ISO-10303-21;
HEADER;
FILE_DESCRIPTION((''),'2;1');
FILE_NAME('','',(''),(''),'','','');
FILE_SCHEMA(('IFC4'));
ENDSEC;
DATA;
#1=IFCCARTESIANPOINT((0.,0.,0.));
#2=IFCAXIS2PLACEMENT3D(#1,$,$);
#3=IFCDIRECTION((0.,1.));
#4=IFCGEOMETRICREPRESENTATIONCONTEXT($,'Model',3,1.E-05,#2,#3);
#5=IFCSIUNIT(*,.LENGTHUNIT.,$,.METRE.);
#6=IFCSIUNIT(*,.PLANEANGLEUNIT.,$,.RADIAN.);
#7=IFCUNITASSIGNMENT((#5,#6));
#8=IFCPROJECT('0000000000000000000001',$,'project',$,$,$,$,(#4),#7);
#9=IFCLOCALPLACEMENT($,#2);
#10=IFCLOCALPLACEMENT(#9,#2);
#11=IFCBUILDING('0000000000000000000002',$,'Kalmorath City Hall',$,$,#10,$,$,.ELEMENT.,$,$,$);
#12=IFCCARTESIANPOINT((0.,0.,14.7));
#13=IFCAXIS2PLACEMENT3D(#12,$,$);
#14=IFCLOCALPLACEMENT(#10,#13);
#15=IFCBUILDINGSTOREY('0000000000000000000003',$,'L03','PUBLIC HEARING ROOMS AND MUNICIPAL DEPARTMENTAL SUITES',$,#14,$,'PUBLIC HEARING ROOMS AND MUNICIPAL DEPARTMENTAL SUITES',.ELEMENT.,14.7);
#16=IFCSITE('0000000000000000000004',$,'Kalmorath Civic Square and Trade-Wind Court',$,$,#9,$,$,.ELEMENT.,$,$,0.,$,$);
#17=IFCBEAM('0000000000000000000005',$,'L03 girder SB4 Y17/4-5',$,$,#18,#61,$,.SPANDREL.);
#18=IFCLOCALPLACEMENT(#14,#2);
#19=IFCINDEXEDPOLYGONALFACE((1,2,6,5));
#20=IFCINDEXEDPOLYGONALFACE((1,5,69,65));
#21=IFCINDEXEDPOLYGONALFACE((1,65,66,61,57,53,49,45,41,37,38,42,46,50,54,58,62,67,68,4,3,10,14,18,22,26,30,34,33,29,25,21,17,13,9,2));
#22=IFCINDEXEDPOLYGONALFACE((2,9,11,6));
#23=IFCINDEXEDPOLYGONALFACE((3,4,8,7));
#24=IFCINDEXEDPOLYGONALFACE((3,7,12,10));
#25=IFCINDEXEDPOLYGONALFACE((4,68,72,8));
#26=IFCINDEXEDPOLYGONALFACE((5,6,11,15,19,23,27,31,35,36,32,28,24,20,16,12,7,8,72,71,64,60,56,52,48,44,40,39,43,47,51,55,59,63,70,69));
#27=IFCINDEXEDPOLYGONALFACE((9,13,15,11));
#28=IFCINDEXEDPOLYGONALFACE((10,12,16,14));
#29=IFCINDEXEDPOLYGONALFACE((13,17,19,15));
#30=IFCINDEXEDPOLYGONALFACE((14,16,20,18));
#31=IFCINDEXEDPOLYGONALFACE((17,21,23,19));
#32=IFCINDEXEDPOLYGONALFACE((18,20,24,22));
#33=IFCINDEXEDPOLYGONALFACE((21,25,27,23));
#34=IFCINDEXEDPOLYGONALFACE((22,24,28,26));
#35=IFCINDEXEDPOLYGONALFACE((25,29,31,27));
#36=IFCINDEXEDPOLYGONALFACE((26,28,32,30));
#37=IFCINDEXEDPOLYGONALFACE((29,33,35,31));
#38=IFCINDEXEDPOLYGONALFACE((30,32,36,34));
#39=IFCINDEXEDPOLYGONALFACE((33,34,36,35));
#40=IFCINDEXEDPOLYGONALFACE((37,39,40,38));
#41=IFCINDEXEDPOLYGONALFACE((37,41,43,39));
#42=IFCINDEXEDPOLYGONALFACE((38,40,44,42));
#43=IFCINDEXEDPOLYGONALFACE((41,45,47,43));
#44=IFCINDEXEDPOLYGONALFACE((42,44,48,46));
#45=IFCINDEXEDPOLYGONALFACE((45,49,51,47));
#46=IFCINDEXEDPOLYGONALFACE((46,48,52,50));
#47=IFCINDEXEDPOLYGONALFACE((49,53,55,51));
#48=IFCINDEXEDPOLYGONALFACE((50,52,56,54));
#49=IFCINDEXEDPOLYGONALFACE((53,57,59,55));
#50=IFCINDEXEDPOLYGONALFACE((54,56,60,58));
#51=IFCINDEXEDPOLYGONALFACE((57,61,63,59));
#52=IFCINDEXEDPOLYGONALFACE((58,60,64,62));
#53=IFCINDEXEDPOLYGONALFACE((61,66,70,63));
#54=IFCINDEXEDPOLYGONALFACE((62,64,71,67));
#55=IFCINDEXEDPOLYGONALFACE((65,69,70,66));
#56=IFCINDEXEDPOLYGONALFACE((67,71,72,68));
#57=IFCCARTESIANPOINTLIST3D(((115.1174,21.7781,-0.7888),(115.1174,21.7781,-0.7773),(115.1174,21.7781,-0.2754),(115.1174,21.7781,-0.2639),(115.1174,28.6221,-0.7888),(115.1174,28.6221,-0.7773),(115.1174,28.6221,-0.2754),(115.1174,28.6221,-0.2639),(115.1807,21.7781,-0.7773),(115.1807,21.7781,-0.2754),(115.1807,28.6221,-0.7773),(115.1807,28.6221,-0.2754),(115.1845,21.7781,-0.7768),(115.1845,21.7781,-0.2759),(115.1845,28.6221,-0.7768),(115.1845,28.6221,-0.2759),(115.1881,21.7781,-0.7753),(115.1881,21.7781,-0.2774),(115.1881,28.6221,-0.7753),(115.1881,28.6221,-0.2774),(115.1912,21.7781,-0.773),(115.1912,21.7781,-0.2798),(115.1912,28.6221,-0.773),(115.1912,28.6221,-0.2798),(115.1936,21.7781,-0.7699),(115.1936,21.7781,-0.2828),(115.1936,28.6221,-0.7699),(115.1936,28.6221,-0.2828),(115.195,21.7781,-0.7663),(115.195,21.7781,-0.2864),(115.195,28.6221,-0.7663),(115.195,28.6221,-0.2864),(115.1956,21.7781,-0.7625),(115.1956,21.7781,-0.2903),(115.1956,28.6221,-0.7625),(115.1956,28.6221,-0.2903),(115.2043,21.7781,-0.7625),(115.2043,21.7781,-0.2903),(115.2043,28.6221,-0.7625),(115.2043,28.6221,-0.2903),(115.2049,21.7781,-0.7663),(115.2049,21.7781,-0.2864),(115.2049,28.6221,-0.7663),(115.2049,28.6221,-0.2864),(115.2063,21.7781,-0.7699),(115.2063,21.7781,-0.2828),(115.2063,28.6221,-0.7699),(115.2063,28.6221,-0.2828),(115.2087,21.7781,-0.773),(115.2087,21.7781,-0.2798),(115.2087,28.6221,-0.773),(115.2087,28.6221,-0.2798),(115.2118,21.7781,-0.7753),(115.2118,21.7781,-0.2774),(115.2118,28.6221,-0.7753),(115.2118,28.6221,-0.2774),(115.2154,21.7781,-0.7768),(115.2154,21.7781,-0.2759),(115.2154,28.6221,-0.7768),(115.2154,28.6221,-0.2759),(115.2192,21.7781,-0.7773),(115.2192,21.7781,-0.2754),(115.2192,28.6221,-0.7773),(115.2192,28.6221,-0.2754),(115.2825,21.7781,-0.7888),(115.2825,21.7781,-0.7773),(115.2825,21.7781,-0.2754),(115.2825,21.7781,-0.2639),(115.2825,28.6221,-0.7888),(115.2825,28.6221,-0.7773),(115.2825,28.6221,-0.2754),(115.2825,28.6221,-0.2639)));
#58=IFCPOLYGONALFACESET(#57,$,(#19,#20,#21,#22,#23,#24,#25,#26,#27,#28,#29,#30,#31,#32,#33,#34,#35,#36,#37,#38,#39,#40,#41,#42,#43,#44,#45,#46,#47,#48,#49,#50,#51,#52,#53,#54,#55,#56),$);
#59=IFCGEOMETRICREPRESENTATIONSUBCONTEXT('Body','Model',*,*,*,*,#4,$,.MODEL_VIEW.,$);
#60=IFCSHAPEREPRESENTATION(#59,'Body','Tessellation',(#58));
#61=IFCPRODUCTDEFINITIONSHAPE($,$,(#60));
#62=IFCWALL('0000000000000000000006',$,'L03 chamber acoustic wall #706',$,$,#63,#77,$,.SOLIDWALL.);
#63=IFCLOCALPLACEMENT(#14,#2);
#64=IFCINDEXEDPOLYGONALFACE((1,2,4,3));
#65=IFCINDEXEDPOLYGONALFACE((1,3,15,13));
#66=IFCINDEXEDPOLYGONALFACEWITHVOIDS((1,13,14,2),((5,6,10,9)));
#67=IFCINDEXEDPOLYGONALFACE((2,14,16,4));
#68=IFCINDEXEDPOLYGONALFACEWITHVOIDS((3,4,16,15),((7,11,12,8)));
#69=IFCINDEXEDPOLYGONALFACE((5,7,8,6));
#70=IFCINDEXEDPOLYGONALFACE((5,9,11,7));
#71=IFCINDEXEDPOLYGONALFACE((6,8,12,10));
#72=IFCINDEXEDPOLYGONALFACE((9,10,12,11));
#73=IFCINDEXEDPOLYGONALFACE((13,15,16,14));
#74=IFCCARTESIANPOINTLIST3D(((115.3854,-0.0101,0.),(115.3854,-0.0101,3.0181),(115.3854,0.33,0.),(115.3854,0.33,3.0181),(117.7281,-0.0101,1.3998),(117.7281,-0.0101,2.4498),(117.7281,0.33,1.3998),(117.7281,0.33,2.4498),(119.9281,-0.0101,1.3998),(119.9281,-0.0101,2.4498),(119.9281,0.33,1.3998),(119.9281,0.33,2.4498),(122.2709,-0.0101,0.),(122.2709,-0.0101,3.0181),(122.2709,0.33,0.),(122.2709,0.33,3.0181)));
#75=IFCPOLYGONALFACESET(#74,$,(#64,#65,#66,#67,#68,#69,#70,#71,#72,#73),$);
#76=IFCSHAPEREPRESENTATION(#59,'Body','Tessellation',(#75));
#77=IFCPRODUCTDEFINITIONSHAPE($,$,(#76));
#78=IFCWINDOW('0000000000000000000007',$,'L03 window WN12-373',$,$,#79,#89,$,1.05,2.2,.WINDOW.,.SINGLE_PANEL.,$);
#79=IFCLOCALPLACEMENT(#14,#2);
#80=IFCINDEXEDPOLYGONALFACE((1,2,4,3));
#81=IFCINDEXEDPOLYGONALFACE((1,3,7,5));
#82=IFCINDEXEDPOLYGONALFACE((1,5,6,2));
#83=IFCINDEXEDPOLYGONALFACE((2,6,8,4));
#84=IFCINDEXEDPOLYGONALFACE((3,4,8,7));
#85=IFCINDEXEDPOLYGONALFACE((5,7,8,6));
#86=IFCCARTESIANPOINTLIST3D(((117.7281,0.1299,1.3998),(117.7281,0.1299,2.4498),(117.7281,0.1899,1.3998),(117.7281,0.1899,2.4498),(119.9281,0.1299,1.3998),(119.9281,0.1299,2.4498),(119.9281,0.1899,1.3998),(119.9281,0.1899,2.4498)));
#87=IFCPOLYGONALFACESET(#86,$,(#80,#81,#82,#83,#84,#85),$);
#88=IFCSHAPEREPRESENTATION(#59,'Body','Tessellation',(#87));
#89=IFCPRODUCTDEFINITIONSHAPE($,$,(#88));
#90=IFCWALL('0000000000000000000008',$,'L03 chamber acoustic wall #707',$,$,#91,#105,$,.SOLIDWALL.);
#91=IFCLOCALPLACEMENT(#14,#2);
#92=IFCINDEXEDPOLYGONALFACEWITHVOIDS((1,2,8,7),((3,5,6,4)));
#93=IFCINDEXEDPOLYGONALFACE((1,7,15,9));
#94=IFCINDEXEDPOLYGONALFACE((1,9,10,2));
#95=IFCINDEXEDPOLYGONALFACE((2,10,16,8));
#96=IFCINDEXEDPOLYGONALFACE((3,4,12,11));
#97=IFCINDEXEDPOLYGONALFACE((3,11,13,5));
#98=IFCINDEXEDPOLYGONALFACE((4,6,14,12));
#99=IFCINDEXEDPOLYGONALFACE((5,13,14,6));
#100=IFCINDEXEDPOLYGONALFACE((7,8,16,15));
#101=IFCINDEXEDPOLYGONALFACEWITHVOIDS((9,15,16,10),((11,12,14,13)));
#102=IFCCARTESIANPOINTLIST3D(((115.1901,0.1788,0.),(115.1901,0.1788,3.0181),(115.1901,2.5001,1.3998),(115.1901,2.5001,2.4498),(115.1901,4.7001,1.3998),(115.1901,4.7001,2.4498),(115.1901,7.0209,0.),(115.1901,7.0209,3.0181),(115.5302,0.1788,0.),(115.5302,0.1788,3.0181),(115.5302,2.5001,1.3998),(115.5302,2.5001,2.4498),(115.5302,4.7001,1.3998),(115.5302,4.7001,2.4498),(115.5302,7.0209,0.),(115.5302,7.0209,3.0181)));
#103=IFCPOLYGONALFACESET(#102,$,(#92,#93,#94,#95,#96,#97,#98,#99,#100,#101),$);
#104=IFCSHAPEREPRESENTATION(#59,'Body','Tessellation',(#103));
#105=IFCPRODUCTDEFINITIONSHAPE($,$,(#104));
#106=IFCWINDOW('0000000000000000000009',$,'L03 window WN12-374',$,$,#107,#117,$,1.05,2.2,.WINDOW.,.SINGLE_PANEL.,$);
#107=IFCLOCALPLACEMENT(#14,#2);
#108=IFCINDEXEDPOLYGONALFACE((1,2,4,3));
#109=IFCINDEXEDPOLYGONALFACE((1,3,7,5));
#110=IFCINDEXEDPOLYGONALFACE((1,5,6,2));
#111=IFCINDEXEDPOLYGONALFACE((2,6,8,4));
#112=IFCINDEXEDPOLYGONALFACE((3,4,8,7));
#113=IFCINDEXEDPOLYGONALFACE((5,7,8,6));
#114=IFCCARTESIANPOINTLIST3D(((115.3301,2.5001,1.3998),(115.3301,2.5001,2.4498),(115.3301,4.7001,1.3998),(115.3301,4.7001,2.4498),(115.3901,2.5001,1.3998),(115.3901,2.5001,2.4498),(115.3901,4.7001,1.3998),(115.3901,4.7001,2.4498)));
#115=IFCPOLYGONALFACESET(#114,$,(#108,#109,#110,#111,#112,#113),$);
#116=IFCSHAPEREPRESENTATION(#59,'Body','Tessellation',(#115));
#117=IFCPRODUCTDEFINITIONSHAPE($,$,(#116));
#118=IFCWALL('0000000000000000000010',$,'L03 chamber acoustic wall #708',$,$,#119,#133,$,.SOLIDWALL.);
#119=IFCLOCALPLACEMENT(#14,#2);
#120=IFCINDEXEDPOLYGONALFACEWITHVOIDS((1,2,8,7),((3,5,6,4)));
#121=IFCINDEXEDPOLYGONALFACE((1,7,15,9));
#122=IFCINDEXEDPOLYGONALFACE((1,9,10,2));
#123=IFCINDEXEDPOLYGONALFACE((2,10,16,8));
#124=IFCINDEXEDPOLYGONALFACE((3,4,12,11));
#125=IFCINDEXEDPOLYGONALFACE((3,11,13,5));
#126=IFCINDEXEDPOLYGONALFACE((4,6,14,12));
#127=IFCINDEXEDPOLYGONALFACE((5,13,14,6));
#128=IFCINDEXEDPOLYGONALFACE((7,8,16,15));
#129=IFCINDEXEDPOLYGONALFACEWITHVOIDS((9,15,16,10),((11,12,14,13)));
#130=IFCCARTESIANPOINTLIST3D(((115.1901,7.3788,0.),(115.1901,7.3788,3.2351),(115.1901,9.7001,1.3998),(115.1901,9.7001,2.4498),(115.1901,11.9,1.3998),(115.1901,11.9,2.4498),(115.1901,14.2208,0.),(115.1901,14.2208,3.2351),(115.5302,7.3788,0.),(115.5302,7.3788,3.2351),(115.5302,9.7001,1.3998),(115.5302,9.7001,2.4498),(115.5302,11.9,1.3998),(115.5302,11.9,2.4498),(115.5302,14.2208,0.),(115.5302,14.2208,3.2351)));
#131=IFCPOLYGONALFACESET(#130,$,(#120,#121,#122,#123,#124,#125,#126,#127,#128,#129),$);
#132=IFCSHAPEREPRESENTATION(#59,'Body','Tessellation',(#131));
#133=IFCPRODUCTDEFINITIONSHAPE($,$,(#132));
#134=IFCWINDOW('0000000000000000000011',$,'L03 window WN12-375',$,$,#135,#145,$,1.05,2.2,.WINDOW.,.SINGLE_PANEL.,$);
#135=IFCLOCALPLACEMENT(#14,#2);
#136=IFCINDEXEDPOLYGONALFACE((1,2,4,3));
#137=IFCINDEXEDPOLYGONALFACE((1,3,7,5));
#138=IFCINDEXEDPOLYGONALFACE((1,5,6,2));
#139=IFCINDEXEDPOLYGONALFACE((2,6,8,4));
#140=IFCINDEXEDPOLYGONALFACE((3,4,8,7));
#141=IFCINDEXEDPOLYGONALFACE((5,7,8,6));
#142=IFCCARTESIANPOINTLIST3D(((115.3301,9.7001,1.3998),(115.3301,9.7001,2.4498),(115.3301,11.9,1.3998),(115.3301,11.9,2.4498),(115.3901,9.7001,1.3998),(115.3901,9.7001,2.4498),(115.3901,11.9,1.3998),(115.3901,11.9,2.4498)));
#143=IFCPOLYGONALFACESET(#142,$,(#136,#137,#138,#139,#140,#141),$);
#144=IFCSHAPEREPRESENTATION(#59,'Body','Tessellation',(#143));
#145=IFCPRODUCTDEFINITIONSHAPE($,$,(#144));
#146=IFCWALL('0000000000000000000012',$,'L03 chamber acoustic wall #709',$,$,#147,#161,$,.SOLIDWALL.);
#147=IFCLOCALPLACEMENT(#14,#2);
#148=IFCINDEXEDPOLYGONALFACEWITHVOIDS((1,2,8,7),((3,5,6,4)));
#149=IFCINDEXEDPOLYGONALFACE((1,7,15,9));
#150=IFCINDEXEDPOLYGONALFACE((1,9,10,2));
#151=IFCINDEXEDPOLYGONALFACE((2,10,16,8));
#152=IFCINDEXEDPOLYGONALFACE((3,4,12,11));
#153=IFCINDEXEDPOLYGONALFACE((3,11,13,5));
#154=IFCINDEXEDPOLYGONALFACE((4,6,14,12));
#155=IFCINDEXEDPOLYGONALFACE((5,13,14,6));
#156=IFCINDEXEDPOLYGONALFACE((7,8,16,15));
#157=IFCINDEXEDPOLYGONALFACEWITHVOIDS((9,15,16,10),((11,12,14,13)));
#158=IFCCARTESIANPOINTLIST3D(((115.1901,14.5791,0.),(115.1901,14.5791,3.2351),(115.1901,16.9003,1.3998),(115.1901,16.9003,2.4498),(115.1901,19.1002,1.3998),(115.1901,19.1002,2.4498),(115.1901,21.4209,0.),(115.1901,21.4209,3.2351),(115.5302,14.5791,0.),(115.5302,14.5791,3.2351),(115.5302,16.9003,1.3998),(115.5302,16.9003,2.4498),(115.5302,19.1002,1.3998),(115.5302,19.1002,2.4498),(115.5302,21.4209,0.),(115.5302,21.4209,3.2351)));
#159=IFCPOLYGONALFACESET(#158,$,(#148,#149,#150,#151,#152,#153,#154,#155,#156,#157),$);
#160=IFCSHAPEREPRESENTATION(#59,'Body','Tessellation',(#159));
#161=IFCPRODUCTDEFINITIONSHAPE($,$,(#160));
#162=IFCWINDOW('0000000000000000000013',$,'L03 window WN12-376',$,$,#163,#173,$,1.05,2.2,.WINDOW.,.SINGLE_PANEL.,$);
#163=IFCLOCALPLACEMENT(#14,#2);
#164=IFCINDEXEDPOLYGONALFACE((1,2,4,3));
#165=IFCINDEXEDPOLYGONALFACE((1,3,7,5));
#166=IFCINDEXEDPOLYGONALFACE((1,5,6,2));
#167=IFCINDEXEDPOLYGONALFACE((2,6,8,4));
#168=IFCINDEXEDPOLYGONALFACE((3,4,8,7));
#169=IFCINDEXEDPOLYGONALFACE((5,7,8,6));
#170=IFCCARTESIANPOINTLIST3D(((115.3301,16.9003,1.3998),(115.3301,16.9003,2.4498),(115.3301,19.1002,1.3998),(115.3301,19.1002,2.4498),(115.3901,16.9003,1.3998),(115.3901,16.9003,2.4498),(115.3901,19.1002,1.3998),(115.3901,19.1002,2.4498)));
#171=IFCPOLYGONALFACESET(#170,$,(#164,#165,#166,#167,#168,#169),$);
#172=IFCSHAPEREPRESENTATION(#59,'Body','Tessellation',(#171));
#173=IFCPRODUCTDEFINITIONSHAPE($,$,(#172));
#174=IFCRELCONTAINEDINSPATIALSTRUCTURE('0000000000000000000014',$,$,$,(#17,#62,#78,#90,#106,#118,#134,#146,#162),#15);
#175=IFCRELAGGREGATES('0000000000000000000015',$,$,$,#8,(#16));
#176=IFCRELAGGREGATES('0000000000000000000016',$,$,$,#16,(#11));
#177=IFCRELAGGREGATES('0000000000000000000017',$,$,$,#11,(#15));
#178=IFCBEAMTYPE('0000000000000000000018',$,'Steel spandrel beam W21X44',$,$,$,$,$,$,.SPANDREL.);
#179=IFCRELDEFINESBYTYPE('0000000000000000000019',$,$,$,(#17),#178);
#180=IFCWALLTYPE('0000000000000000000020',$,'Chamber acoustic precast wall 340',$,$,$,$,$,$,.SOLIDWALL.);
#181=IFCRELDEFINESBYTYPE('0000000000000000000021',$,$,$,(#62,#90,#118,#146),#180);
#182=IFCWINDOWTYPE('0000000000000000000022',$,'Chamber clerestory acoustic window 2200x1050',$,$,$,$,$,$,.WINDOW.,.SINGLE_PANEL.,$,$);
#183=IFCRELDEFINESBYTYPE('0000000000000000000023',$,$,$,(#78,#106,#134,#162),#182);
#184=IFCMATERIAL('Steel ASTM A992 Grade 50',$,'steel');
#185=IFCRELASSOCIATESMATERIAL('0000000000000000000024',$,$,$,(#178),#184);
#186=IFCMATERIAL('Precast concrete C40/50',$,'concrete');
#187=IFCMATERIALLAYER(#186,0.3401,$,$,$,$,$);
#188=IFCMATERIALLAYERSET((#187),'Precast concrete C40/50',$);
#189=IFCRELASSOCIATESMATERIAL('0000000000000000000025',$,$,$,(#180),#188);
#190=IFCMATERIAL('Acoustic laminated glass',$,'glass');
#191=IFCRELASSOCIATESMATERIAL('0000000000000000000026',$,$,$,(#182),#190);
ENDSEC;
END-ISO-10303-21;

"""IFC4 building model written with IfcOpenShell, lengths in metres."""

from ifc_helpers import new_model, si_unit, direction, frame, frame_2d, origin, origin_2d, place, context, subcontext, project, spatial, rectangle, i_section, extrude, material, layer, layer_set, material_profile, profile_set, type_object, element, fill, save


model = new_model("IFC4")

# Units and contexts
model_context = context("Model", 3, precision=1e-05, world=origin(), true_north=direction((0.0, 1.0)))
body_context = subcontext(model_context, "Body", "Model", "MODEL_VIEW")
ifc_project = project(units=[si_unit("LENGTHUNIT", "METRE"), si_unit("PLANEANGLEUNIT", "RADIAN")], contexts=[model_context])

# Site, building, storey
site_placement = place(None, origin())
site = spatial("IfcSite", under=ifc_project, at=site_placement, Name="Kalmorath Civic Square and Trade-Wind Court", CompositionType="ELEMENT", RefElevation=0.0)
building_placement = place(site_placement, origin())
building = spatial("IfcBuilding", under=site, at=building_placement, Name="Kalmorath City Hall", CompositionType="ELEMENT")
storey_placement = place(building_placement, frame((0.0, 0.0, 14.7)))
storey = spatial("IfcBuildingStorey", under=building, at=storey_placement, Name="L03", Description="PUBLIC HEARING ROOMS AND MUNICIPAL DEPARTMENTAL SUITES", LongName="PUBLIC HEARING ROOMS AND MUNICIPAL DEPARTMENTAL SUITES", CompositionType="ELEMENT", Elevation=14.7)

# Beam
ifc_material_1 = material(Name="Steel ASTM A992 Grade 50", Category="steel")
ifc_material_profile_1 = material_profile(ifc_material_1, i_section(OverallWidth=0.165, OverallDepth=0.5249, WebThickness=0.0088, FlangeThickness=0.0115, FilletRadius=0.0149, at=origin_2d()), Name="W21X44")
ifc_profile_set_1 = profile_set([ifc_material_profile_1], Name="Steel ASTM A992 Grade 50")
beam_type_1 = type_object("IfcBeamType", Name="Steel spandrel beam W21X44", PredefinedType="SPANDREL", material=ifc_profile_set_1)
beam_1_placement = place(storey_placement, frame((115.2, 21.7781, -0.5264), z_axis=(0.0, 1.0, 0.0), x_axis=(-1.0, 0.0, 0.0)))
element("IfcBeam", 1, at=beam_1_placement, inside=storey, type_object=beam_type_1, Name="L03 girder SB4 Y17/4-5", PredefinedType="SPANDREL", context=body_context, shape_type="SweptSolid", body=[
    extrude(i_section(OverallWidth=0.165, OverallDepth=0.5249, WebThickness=0.0088, FlangeThickness=0.0115, FilletRadius=0.0149, at=origin_2d()), origin(), (0.0, 0.0, 1.0), 6.844),
])

# Walls, openings, windows
ifc_material_2 = material(Name="Precast concrete C40/50", Category="concrete")
ifc_layer_1 = layer(ifc_material_2, 0.3401)
ifc_layer_set_1 = layer_set([ifc_layer_1], Name="Precast concrete C40/50")
wall_type_1 = type_object("IfcWallType", Name="Chamber acoustic precast wall 340", PredefinedType="SOLIDWALL", material=ifc_layer_set_1)
wall_1_placement = place(storey_placement, frame((122.271, 0.1599, 0.0), z_axis=(0.0, 0.0, 1.0), x_axis=(-1.0, 0.0, 0.0)))
wall_1 = element("IfcWall", 2, at=wall_1_placement, inside=storey, type_object=wall_type_1, Name="L03 chamber acoustic wall #706", PredefinedType="SOLIDWALL", context=body_context, shape_type="SweptSolid", body=[
    extrude(rectangle(XDim=6.8855, YDim=0.3401, at=frame_2d((3.4429, 0.0))), origin(), (0.0, 0.0, 1.0), 3.0181),
])
opening_1_placement = place(wall_1_placement, frame((2.3428, 0.0, 1.3999)))
opening_1 = element("IfcOpeningElement", 3, at=opening_1_placement, cuts=wall_1, PredefinedType="OPENING", context=body_context, shape_type="SweptSolid", body=[
    extrude(rectangle(XDim=2.2, YDim=1.05, at=frame_2d((1.1001, 0.5249))), frame((0.0, 0.1799, 0.0), z_axis=(0.0, -1.0, 0.0), x_axis=(1.0, 0.0, 0.0)), (0.0, 0.0, 1.0), 0.3601),
])
ifc_material_3 = material(Name="Acoustic laminated glass", Category="glass")
window_type = type_object("IfcWindowType", Name="Chamber clerestory acoustic window 2200x1050", PartitioningType="SINGLE_PANEL", PredefinedType="WINDOW", material=ifc_material_3)
window_1_placement = place(opening_1_placement, origin())
window_1 = element("IfcWindow", 4, at=window_1_placement, inside=storey, type_object=window_type, Name="L03 window WN12-373", OverallHeight=1.05, OverallWidth=2.2, PartitioningType="SINGLE_PANEL", PredefinedType="WINDOW", context=body_context, shape_type="SweptSolid", body=[
    extrude(rectangle(XDim=2.2, YDim=1.05, at=frame_2d((1.1001, 0.5249))), frame((0.0, 0.03, 0.0), z_axis=(0.0, -1.0, 0.0), x_axis=(1.0, 0.0, 0.0)), (0.0, 0.0, 1.0), 0.0601),
])
fill(opening_1, window_1)
wall_2_placement = place(storey_placement, frame((115.3601, 0.179, 0.0), z_axis=(0.0, 0.0, 1.0), x_axis=(0.0, 1.0, 0.0)))
wall_2 = element("IfcWall", 5, at=wall_2_placement, inside=storey, type_object=wall_type_1, Name="L03 chamber acoustic wall #707", PredefinedType="SOLIDWALL", context=body_context, shape_type="SweptSolid", body=[
    extrude(rectangle(XDim=6.842, YDim=0.3401, at=frame_2d((3.4209, 0.0))), origin(), (0.0, 0.0, 1.0), 3.0181),
])
opening_2_placement = place(wall_2_placement, frame((2.321, 0.0, 1.3999)))
opening_2 = element("IfcOpeningElement", 6, at=opening_2_placement, cuts=wall_2, PredefinedType="OPENING", context=body_context, shape_type="SweptSolid", body=[
    extrude(rectangle(XDim=2.2, YDim=1.05, at=frame_2d((1.1001, 0.5249))), frame((0.0, 0.1799, 0.0), z_axis=(0.0, -1.0, 0.0), x_axis=(1.0, 0.0, 0.0)), (0.0, 0.0, 1.0), 0.3601),
])
window_2_placement = place(opening_2_placement, origin())
window_2 = element("IfcWindow", 7, at=window_2_placement, inside=storey, type_object=window_type, Name="L03 window WN12-374", OverallHeight=1.05, OverallWidth=2.2, PartitioningType="SINGLE_PANEL", PredefinedType="WINDOW", context=body_context, shape_type="SweptSolid", body=[
    extrude(rectangle(XDim=2.2, YDim=1.05, at=frame_2d((1.1001, 0.5249))), frame((0.0, 0.03, 0.0), z_axis=(0.0, -1.0, 0.0), x_axis=(1.0, 0.0, 0.0)), (0.0, 0.0, 1.0), 0.0601),
])
fill(opening_2, window_2)
wall_3_placement = place(storey_placement, frame((115.3601, 7.3789, 0.0), z_axis=(0.0, 0.0, 1.0), x_axis=(0.0, 1.0, 0.0)))
wall_3 = element("IfcWall", 8, at=wall_3_placement, inside=storey, type_object=wall_type_1, Name="L03 chamber acoustic wall #708", PredefinedType="SOLIDWALL", context=body_context, shape_type="SweptSolid", body=[
    extrude(rectangle(XDim=6.842, YDim=0.3401, at=frame_2d((3.4209, 0.0))), origin(), (0.0, 0.0, 1.0), 3.2351),
])
opening_3_placement = place(wall_3_placement, frame((2.321, 0.0, 1.3999)))
opening_3 = element("IfcOpeningElement", 9, at=opening_3_placement, cuts=wall_3, PredefinedType="OPENING", context=body_context, shape_type="SweptSolid", body=[
    extrude(rectangle(XDim=2.2, YDim=1.05, at=frame_2d((1.1001, 0.5249))), frame((0.0, 0.1799, 0.0), z_axis=(0.0, -1.0, 0.0), x_axis=(1.0, 0.0, 0.0)), (0.0, 0.0, 1.0), 0.3601),
])
window_3_placement = place(opening_3_placement, origin())
window_3 = element("IfcWindow", 10, at=window_3_placement, inside=storey, type_object=window_type, Name="L03 window WN12-375", OverallHeight=1.05, OverallWidth=2.2, PartitioningType="SINGLE_PANEL", PredefinedType="WINDOW", context=body_context, shape_type="SweptSolid", body=[
    extrude(rectangle(XDim=2.2, YDim=1.05, at=frame_2d((1.1001, 0.5249))), frame((0.0, 0.03, 0.0), z_axis=(0.0, -1.0, 0.0), x_axis=(1.0, 0.0, 0.0)), (0.0, 0.0, 1.0), 0.0601),
])
fill(opening_3, window_3)
wall_4_placement = place(storey_placement, frame((115.3601, 14.5791, 0.0), z_axis=(0.0, 0.0, 1.0), x_axis=(0.0, 1.0, 0.0)))
wall_4 = element("IfcWall", 11, at=wall_4_placement, inside=storey, type_object=wall_type_1, Name="L03 chamber acoustic wall #709", PredefinedType="SOLIDWALL", context=body_context, shape_type="SweptSolid", body=[
    extrude(rectangle(XDim=6.8418, YDim=0.3401, at=frame_2d((3.4209, 0.0))), origin(), (0.0, 0.0, 1.0), 3.2351),
])
opening_4_placement = place(wall_4_placement, frame((2.321, 0.0, 1.3999)))
opening_4 = element("IfcOpeningElement", 12, at=opening_4_placement, cuts=wall_4, PredefinedType="OPENING", context=body_context, shape_type="SweptSolid", body=[
    extrude(rectangle(XDim=2.2, YDim=1.05, at=frame_2d((1.1001, 0.5249))), frame((0.0, 0.1799, 0.0), z_axis=(0.0, -1.0, 0.0), x_axis=(1.0, 0.0, 0.0)), (0.0, 0.0, 1.0), 0.3601),
])
window_4_placement = place(opening_4_placement, origin())
window_4 = element("IfcWindow", 13, at=window_4_placement, inside=storey, type_object=window_type, Name="L03 window WN12-376", OverallHeight=1.05, OverallWidth=2.2, PartitioningType="SINGLE_PANEL", PredefinedType="WINDOW", context=body_context, shape_type="SweptSolid", body=[
    extrude(rectangle(XDim=2.2, YDim=1.05, at=frame_2d((1.1001, 0.5249))), frame((0.0, 0.03, 0.0), z_axis=(0.0, -1.0, 0.0), x_axis=(1.0, 0.0, 0.0)), (0.0, 0.0, 1.0), 0.0601),
])
fill(opening_4, window_4)

save(model, "model.ifc")
